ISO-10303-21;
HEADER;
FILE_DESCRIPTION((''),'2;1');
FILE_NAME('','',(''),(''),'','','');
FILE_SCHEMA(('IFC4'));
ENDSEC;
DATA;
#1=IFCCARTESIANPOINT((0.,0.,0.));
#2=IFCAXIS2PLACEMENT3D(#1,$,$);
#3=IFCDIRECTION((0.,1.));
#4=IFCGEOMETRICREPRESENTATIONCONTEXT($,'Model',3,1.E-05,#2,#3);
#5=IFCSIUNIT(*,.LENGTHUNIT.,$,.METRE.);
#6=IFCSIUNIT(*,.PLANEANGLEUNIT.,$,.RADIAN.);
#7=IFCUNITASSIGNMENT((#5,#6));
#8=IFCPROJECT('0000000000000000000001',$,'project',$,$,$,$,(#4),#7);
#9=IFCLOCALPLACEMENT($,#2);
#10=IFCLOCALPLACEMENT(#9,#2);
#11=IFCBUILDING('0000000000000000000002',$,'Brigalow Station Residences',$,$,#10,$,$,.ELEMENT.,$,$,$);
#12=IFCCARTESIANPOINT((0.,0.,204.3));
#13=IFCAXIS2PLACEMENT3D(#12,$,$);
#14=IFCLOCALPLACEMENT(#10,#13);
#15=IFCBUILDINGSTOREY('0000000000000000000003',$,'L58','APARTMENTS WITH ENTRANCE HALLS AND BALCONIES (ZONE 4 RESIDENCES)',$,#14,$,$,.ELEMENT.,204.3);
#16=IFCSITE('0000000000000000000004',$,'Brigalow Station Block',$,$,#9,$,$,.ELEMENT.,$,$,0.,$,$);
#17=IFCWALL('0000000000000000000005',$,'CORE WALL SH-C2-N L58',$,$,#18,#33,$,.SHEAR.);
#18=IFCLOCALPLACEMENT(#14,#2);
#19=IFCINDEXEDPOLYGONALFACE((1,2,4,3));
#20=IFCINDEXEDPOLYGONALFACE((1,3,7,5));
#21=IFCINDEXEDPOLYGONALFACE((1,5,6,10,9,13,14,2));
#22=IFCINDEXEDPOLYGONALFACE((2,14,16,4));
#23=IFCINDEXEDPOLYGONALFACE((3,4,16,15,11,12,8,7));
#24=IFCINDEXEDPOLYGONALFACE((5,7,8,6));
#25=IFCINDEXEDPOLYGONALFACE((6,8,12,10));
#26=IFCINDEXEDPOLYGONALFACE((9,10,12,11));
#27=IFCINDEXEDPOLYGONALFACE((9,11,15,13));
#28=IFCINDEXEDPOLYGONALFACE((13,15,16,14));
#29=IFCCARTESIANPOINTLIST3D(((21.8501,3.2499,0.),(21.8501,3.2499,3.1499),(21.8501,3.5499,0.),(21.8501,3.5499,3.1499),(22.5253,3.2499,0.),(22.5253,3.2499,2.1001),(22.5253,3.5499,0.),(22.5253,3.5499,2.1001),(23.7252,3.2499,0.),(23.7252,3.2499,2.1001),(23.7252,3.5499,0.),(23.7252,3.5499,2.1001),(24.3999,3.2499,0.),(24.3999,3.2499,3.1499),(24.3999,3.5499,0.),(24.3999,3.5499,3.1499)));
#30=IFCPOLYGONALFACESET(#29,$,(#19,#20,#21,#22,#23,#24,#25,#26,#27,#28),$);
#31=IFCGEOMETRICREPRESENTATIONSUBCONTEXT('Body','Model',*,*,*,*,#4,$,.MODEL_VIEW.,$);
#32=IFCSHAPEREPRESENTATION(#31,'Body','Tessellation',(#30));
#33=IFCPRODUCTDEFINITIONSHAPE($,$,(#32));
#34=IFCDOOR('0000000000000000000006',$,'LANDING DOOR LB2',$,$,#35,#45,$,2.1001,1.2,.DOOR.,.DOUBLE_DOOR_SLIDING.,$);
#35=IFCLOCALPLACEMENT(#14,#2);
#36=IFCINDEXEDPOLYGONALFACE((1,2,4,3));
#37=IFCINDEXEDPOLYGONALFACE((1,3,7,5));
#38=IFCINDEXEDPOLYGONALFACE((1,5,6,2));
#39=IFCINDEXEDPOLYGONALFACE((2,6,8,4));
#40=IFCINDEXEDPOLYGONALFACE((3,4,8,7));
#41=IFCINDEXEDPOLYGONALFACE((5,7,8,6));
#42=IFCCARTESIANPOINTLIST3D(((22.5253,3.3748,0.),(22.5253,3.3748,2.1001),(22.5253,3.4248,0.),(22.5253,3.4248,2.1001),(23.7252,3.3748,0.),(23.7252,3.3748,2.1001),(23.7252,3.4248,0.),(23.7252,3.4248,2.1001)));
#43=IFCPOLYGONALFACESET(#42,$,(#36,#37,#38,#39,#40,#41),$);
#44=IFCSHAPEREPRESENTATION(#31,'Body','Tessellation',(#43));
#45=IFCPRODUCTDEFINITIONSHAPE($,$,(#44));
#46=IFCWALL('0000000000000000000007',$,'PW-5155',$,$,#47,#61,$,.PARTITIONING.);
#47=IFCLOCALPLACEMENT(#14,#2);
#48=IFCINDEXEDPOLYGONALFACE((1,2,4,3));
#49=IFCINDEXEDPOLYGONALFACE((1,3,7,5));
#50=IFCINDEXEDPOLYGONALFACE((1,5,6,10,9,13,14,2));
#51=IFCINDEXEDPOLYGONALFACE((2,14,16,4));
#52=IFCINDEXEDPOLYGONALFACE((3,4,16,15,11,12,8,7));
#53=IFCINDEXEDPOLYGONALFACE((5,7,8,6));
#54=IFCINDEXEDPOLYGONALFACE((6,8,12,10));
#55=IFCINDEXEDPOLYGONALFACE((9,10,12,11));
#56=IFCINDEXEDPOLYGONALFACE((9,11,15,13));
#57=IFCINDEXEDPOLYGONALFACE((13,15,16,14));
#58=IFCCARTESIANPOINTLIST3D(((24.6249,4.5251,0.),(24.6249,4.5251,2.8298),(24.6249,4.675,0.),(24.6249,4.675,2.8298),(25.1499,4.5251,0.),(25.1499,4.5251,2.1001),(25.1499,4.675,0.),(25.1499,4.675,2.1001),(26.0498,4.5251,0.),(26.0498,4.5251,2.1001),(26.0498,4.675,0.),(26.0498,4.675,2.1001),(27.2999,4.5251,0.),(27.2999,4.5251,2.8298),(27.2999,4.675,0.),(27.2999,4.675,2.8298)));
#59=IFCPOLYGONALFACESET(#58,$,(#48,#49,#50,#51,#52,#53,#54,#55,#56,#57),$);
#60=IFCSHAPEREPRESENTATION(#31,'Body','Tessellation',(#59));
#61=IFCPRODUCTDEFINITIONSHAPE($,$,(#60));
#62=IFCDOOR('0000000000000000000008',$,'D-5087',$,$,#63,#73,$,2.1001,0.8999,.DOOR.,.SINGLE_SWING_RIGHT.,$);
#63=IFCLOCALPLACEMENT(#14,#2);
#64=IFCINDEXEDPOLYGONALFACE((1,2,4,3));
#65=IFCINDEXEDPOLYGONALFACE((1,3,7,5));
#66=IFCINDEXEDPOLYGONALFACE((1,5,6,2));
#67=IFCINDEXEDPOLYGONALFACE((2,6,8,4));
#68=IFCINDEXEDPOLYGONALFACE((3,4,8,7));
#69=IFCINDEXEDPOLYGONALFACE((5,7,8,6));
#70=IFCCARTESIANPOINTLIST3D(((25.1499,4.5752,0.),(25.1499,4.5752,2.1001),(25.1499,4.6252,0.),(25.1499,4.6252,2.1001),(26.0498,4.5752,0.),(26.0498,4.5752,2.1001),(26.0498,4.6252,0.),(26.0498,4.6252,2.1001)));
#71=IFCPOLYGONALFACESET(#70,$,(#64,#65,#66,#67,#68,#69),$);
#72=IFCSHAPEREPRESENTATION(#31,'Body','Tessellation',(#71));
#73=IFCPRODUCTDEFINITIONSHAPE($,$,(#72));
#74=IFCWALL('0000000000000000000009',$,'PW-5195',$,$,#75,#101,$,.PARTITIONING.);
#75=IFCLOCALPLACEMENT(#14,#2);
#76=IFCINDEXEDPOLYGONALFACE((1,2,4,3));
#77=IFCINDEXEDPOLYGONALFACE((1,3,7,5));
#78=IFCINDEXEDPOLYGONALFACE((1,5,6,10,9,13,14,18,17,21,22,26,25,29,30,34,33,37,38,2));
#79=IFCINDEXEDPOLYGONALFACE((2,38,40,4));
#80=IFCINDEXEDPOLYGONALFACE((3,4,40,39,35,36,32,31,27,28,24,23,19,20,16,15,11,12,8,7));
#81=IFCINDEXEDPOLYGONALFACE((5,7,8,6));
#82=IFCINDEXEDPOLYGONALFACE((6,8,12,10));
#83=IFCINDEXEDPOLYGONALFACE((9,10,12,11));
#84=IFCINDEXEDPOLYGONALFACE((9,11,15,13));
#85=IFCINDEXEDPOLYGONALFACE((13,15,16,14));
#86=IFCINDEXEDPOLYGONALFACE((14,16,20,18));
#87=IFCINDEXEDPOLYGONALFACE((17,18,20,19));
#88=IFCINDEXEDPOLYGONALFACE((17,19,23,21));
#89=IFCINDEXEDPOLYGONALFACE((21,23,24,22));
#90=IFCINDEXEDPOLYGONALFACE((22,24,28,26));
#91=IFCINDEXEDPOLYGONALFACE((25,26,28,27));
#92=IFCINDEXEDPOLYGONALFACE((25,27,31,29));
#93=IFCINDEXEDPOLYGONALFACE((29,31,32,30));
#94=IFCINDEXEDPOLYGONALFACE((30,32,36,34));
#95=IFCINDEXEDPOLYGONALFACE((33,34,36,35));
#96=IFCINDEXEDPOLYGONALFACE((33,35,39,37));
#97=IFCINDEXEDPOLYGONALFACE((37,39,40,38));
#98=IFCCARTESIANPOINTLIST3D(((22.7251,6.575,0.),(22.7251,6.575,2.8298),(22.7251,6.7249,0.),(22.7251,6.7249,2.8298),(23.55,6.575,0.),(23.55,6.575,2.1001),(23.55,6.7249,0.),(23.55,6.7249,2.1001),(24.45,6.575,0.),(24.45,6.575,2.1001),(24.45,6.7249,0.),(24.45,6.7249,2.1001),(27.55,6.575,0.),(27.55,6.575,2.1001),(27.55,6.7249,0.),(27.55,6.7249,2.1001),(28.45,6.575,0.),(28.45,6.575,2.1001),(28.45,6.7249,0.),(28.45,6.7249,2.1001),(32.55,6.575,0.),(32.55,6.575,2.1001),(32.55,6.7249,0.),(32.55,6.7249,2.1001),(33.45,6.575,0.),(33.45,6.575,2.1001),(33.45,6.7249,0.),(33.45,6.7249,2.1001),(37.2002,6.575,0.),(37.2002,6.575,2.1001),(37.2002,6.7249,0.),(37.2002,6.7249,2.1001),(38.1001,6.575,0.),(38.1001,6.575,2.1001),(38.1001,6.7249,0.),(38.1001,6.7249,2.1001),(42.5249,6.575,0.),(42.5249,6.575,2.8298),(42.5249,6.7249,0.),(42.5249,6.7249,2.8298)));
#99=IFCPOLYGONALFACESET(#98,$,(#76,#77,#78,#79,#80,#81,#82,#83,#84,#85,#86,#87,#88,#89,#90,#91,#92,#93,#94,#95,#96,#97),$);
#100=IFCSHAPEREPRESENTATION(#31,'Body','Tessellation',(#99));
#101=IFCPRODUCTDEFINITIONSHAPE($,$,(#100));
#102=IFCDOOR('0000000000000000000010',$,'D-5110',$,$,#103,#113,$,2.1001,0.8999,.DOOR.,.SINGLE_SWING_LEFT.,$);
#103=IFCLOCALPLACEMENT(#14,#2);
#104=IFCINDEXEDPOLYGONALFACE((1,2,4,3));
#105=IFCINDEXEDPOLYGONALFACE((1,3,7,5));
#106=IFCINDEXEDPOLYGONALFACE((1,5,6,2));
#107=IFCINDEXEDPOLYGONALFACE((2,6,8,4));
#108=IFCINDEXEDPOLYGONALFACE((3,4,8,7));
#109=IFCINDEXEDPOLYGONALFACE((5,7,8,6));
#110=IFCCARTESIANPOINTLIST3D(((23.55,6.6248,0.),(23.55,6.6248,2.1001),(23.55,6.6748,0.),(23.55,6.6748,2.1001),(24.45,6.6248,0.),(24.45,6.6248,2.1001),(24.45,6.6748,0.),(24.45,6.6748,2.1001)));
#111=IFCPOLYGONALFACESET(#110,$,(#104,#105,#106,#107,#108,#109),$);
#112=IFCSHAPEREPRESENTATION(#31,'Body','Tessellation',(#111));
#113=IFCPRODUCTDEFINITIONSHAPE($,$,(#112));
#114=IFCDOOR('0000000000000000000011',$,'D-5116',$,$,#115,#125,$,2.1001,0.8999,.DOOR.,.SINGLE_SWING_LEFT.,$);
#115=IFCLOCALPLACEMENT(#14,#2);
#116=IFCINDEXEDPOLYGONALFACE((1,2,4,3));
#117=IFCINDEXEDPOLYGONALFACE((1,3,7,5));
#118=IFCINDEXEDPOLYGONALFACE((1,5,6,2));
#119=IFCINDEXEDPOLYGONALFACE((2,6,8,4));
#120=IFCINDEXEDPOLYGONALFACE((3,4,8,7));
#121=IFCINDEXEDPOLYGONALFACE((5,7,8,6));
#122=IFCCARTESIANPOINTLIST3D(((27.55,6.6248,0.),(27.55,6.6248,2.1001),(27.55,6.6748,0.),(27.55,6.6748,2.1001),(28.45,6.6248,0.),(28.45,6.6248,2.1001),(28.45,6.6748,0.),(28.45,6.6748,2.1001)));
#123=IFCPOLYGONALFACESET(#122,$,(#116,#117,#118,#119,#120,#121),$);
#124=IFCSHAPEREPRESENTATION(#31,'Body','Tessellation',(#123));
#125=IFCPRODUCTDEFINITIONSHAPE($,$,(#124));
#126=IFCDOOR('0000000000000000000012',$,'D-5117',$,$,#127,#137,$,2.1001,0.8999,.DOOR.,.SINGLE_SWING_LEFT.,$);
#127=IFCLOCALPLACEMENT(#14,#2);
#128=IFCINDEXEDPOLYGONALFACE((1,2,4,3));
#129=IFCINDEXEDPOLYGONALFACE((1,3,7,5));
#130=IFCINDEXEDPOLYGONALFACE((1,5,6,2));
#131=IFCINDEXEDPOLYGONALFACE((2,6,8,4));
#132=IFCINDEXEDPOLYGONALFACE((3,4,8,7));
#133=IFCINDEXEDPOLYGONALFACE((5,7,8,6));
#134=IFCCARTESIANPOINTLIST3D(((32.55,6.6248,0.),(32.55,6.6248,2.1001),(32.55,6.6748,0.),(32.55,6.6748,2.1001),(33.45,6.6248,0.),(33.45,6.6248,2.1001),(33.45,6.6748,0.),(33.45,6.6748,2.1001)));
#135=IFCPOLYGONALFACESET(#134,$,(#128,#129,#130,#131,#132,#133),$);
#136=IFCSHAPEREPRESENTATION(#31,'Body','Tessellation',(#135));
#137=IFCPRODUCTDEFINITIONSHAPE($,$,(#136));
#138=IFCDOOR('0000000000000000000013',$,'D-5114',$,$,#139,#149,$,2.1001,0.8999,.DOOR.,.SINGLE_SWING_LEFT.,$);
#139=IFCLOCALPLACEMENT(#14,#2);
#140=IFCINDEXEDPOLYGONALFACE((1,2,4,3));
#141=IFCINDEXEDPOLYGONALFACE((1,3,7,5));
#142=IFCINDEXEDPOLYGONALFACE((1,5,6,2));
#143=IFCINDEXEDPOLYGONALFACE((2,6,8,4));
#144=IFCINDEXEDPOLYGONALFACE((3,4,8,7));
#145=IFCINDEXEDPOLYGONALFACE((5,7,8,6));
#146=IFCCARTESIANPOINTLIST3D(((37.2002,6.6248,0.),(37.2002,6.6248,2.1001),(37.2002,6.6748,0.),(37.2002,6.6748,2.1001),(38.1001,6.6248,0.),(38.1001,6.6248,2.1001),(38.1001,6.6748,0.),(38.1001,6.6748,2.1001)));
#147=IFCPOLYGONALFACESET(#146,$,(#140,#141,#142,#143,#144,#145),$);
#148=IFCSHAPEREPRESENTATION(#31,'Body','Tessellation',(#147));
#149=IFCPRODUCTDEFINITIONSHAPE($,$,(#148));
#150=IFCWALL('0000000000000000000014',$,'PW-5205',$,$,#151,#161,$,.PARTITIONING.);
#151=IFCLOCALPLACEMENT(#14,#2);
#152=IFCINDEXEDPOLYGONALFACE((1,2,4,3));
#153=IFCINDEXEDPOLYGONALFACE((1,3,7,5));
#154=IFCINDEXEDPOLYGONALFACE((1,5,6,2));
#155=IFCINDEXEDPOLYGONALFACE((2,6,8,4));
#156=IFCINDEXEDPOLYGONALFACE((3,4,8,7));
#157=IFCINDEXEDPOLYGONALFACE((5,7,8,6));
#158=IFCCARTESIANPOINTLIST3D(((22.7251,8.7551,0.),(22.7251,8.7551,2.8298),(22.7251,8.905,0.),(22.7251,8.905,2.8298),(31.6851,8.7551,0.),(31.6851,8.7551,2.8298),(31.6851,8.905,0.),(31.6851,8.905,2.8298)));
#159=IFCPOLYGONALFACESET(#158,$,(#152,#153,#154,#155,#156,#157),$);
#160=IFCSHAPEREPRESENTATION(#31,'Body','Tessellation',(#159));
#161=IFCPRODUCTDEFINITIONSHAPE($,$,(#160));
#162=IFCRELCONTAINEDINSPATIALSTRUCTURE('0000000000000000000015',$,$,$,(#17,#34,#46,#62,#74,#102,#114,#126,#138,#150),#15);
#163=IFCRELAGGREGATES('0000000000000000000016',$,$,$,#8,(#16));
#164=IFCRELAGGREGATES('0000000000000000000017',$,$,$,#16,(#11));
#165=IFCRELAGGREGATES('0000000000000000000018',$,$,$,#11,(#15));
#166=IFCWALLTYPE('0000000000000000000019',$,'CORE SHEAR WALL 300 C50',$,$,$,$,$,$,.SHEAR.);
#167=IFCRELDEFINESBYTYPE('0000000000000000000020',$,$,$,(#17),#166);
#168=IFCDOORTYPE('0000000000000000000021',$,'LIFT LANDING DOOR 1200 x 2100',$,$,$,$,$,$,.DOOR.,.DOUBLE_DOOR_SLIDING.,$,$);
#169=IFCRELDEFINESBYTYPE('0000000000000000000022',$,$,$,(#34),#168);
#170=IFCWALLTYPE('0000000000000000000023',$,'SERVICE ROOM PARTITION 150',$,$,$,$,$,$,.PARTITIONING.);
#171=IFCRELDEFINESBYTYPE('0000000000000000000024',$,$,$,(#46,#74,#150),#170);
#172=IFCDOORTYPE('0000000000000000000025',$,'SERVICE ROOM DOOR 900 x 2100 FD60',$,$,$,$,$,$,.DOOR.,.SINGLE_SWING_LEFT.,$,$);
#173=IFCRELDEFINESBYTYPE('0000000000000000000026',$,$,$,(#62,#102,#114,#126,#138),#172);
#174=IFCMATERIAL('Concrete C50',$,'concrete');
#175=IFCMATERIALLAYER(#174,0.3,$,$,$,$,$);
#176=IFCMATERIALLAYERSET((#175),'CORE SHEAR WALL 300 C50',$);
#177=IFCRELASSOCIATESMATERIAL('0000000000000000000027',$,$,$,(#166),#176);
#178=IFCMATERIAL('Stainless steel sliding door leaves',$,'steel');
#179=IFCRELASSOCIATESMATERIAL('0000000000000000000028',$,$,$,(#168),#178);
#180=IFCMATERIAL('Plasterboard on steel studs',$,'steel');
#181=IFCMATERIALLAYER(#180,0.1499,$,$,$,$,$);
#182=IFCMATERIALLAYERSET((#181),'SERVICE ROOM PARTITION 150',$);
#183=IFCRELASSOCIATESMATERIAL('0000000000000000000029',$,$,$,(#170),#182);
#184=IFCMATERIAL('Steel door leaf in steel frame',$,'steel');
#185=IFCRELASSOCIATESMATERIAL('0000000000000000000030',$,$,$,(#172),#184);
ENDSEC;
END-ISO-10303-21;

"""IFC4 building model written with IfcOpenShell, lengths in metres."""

from ifc_helpers import new_model, si_unit, direction, frame, frame_2d, origin, place, context, subcontext, project, spatial, rectangle, extrude, material, layer, layer_set, type_object, element, fill, save


model = new_model("IFC4")

# Units and contexts
model_context = context("Model", 3, precision=1e-05, world=origin(), true_north=direction((0.0, 1.0)))
body_context = subcontext(model_context, "Body", "Model", "MODEL_VIEW")
ifc_project = project(units=[si_unit("LENGTHUNIT", "METRE"), si_unit("PLANEANGLEUNIT", "RADIAN")], contexts=[model_context])

# Site, building, storey
site_placement = place(None, origin())
site = spatial("IfcSite", under=ifc_project, at=site_placement, Name="Brigalow Station Block", CompositionType="ELEMENT", RefElevation=0.0)
building_placement = place(site_placement, origin())
building = spatial("IfcBuilding", under=site, at=building_placement, Name="Brigalow Station Residences", CompositionType="ELEMENT")
storey_placement = place(building_placement, frame((0.0, 0.0, 204.3)))
storey = spatial("IfcBuildingStorey", under=building, at=storey_placement, Name="L58", Description="APARTMENTS WITH ENTRANCE HALLS AND BALCONIES (ZONE 4 RESIDENCES)", CompositionType="ELEMENT", Elevation=204.3)

# Walls, openings, doors
ifc_material_1 = material(Name="Concrete C50", Category="concrete")
ifc_layer_1 = layer(ifc_material_1, 0.3)
ifc_layer_set_1 = layer_set([ifc_layer_1], Name="CORE SHEAR WALL 300 C50")
wall_type_1 = type_object("IfcWallType", Name="CORE SHEAR WALL 300 C50", PredefinedType="SHEAR", material=ifc_layer_set_1)
wall_1_placement = place(storey_placement, frame((21.8501, 3.3999, 0.0), z_axis=(0.0, 0.0, 1.0), x_axis=(1.0, 0.0, 0.0)))
wall_1 = element("IfcWall", 1, at=wall_1_placement, inside=storey, type_object=wall_type_1, Name="CORE WALL SH-C2-N L58", PredefinedType="SHEAR", context=body_context, shape_type="SweptSolid", body=[
    extrude(rectangle(XDim=2.5498, YDim=0.3, at=frame_2d((1.2749, 0.0))), origin(), (0.0, 0.0, 1.0), 3.1499),
])
opening_1_placement = place(wall_1_placement, frame((0.675, 0.0, 0.0)))
opening_1 = element("IfcOpeningElement", 2, at=opening_1_placement, cuts=wall_1, PredefinedType="OPENING", context=body_context, shape_type="SweptSolid", body=[
    extrude(rectangle(XDim=1.2, YDim=2.1001, at=frame_2d((0.6001, 1.05))), frame((0.0, 0.1602, 0.0), z_axis=(0.0, -1.0, 0.0), x_axis=(1.0, 0.0, 0.0)), (0.0, 0.0, 1.0), 0.3201),
])
ifc_material_2 = material(Name="Stainless steel sliding door leaves", Category="steel")
door_type_1 = type_object("IfcDoorType", Name="LIFT LANDING DOOR 1200 x 2100", OperationType="DOUBLE_DOOR_SLIDING", PredefinedType="DOOR", material=ifc_material_2)
door_1_placement = place(opening_1_placement, origin())
door_1 = element("IfcDoor", 3, at=door_1_placement, inside=storey, type_object=door_type_1, Name="LANDING DOOR LB2", OperationType="DOUBLE_DOOR_SLIDING", OverallHeight=2.1001, OverallWidth=1.2, PredefinedType="DOOR", context=body_context, shape_type="SweptSolid", body=[
    extrude(rectangle(XDim=1.2, YDim=2.1001, at=frame_2d((0.6001, 1.05))), frame((0.0, 0.0249, 0.0), z_axis=(0.0, -1.0, 0.0), x_axis=(1.0, 0.0, 0.0)), (0.0, 0.0, 1.0), 0.05),
])
fill(opening_1, door_1)
ifc_material_3 = material(Name="Plasterboard on steel studs", Category="steel")
ifc_layer_2 = layer(ifc_material_3, 0.1499)
ifc_layer_set_2 = layer_set([ifc_layer_2], Name="SERVICE ROOM PARTITION 150")
wall_type_2 = type_object("IfcWallType", Name="SERVICE ROOM PARTITION 150", PredefinedType="PARTITIONING", material=ifc_layer_set_2)
wall_2_placement = place(storey_placement, frame((24.625, 4.6001, 0.0), z_axis=(0.0, 0.0, 1.0), x_axis=(1.0, 0.0, 0.0)))
wall_2 = element("IfcWall", 4, at=wall_2_placement, inside=storey, type_object=wall_type_2, Name="PW-5155", PredefinedType="PARTITIONING", context=body_context, shape_type="SweptSolid", body=[
    extrude(rectangle(XDim=2.675, YDim=0.1499, at=frame_2d((1.3374, 0.0))), origin(), (0.0, 0.0, 1.0), 2.8298),
])
opening_2_placement = place(wall_2_placement, frame((0.5249, 0.0, 0.0)))
opening_2 = element("IfcOpeningElement", 5, at=opening_2_placement, cuts=wall_2, PredefinedType="OPENING", context=body_context, shape_type="SweptSolid", body=[
    extrude(rectangle(XDim=0.8999, YDim=2.1001, at=frame_2d((0.45, 1.05))), frame((0.0, 0.085, 0.0), z_axis=(0.0, -1.0, 0.0), x_axis=(1.0, 0.0, 0.0)), (0.0, 0.0, 1.0), 0.1699),
])
ifc_material_4 = material(Name="Steel door leaf in steel frame", Category="steel")
door_type_2 = type_object("IfcDoorType", Name="SERVICE ROOM DOOR 900 x 2100 FD60", OperationType="SINGLE_SWING_LEFT", PredefinedType="DOOR", material=ifc_material_4)
door_2_placement = place(opening_2_placement, frame((0.8999, 0.0, 0.0), z_axis=(0.0, 0.0, 1.0), x_axis=(-1.0, 0.0, 0.0)))
door_2 = element("IfcDoor", 6, at=door_2_placement, inside=storey, type_object=door_type_2, Name="D-5087", OperationType="SINGLE_SWING_RIGHT", OverallHeight=2.1001, OverallWidth=0.8999, PredefinedType="DOOR", context=body_context, shape_type="SweptSolid", body=[
    extrude(rectangle(XDim=0.8999, YDim=2.1001, at=frame_2d((0.45, 1.05))), frame((0.0, 0.0249, 0.0), z_axis=(0.0, -1.0, 0.0), x_axis=(1.0, 0.0, 0.0)), (0.0, 0.0, 1.0), 0.05),
])
fill(opening_2, door_2)

# Wall, openings, doors
wall_3_placement = place(storey_placement, frame((22.7251, 6.6499, 0.0), z_axis=(0.0, 0.0, 1.0), x_axis=(1.0, 0.0, 0.0)))
wall_3 = element("IfcWall", 7, at=wall_3_placement, inside=storey, type_object=wall_type_2, Name="PW-5195", PredefinedType="PARTITIONING", context=body_context, shape_type="SweptSolid", body=[
    extrude(rectangle(XDim=19.7998, YDim=0.1499, at=frame_2d((9.8999, 0.0))), origin(), (0.0, 0.0, 1.0), 2.8298),
])
opening_3_placement = place(wall_3_placement, frame((0.825, 0.0, 0.0)))
opening_3 = element("IfcOpeningElement", 8, at=opening_3_placement, cuts=wall_3, PredefinedType="OPENING", context=body_context, shape_type="SweptSolid", body=[
    extrude(rectangle(XDim=0.8999, YDim=2.1001, at=frame_2d((0.45, 1.05))), frame((0.0, 0.085, 0.0), z_axis=(0.0, -1.0, 0.0), x_axis=(1.0, 0.0, 0.0)), (0.0, 0.0, 1.0), 0.1699),
])
opening_4_placement = place(wall_3_placement, frame((4.825, 0.0, 0.0)))
opening_4 = element("IfcOpeningElement", 9, at=opening_4_placement, cuts=wall_3, PredefinedType="OPENING", context=body_context, shape_type="SweptSolid", body=[
    extrude(rectangle(XDim=0.8999, YDim=2.1001, at=frame_2d((0.45, 1.05))), frame((0.0, 0.085, 0.0), z_axis=(0.0, -1.0, 0.0), x_axis=(1.0, 0.0, 0.0)), (0.0, 0.0, 1.0), 0.1699),
])
opening_5_placement = place(wall_3_placement, frame((9.825, 0.0, 0.0)))
opening_5 = element("IfcOpeningElement", 10, at=opening_5_placement, cuts=wall_3, PredefinedType="OPENING", context=body_context, shape_type="SweptSolid", body=[
    extrude(rectangle(XDim=0.8999, YDim=2.1001, at=frame_2d((0.45, 1.05))), frame((0.0, 0.085, 0.0), z_axis=(0.0, -1.0, 0.0), x_axis=(1.0, 0.0, 0.0)), (0.0, 0.0, 1.0), 0.1699),
])
opening_6_placement = place(wall_3_placement, frame((14.4751, 0.0, 0.0)))
opening_6 = element("IfcOpeningElement", 11, at=opening_6_placement, cuts=wall_3, PredefinedType="OPENING", context=body_context, shape_type="SweptSolid", body=[
    extrude(rectangle(XDim=0.8999, YDim=2.1001, at=frame_2d((0.45, 1.05))), frame((0.0, 0.085, 0.0), z_axis=(0.0, -1.0, 0.0), x_axis=(1.0, 0.0, 0.0)), (0.0, 0.0, 1.0), 0.1699),
])
door_3_placement = place(opening_3_placement, origin())
door_3 = element("IfcDoor", 12, at=door_3_placement, inside=storey, type_object=door_type_2, Name="D-5110", OperationType="SINGLE_SWING_LEFT", OverallHeight=2.1001, OverallWidth=0.8999, PredefinedType="DOOR", context=body_context, shape_type="SweptSolid", body=[
    extrude(rectangle(XDim=0.8999, YDim=2.1001, at=frame_2d((0.45, 1.05))), frame((0.0, 0.0249, 0.0), z_axis=(0.0, -1.0, 0.0), x_axis=(1.0, 0.0, 0.0)), (0.0, 0.0, 1.0), 0.05),
])
fill(opening_3, door_3)
door_4_placement = place(opening_4_placement, origin())
door_4 = element("IfcDoor", 13, at=door_4_placement, inside=storey, type_object=door_type_2, Name="D-5116", OperationType="SINGLE_SWING_LEFT", OverallHeight=2.1001, OverallWidth=0.8999, PredefinedType="DOOR", context=body_context, shape_type="SweptSolid", body=[
    extrude(rectangle(XDim=0.8999, YDim=2.1001, at=frame_2d((0.45, 1.05))), frame((0.0, 0.0249, 0.0), z_axis=(0.0, -1.0, 0.0), x_axis=(1.0, 0.0, 0.0)), (0.0, 0.0, 1.0), 0.05),
])
fill(opening_4, door_4)
door_5_placement = place(opening_5_placement, origin())
door_5 = element("IfcDoor", 14, at=door_5_placement, inside=storey, type_object=door_type_2, Name="D-5117", OperationType="SINGLE_SWING_LEFT", OverallHeight=2.1001, OverallWidth=0.8999, PredefinedType="DOOR", context=body_context, shape_type="SweptSolid", body=[
    extrude(rectangle(XDim=0.8999, YDim=2.1001, at=frame_2d((0.45, 1.05))), frame((0.0, 0.0249, 0.0), z_axis=(0.0, -1.0, 0.0), x_axis=(1.0, 0.0, 0.0)), (0.0, 0.0, 1.0), 0.05),
])
fill(opening_5, door_5)
door_6_placement = place(opening_6_placement, origin())
door_6 = element("IfcDoor", 15, at=door_6_placement, inside=storey, type_object=door_type_2, Name="D-5114", OperationType="SINGLE_SWING_LEFT", OverallHeight=2.1001, OverallWidth=0.8999, PredefinedType="DOOR", context=body_context, shape_type="SweptSolid", body=[
    extrude(rectangle(XDim=0.8999, YDim=2.1001, at=frame_2d((0.45, 1.05))), frame((0.0, 0.0249, 0.0), z_axis=(0.0, -1.0, 0.0), x_axis=(1.0, 0.0, 0.0)), (0.0, 0.0, 1.0), 0.05),
])
fill(opening_6, door_6)

# Wall
wall_4_placement = place(storey_placement, frame((22.7251, 8.8301, 0.0), z_axis=(0.0, 0.0, 1.0), x_axis=(1.0, 0.0, 0.0)))
element("IfcWall", 16, at=wall_4_placement, inside=storey, type_object=wall_type_2, Name="PW-5205", PredefinedType="PARTITIONING", context=body_context, shape_type="SweptSolid", body=[
    extrude(rectangle(XDim=8.96, YDim=0.1499, at=frame_2d((4.48, 0.0))), origin(), (0.0, 0.0, 1.0), 2.8298),
])

save(model, "model.ifc")
